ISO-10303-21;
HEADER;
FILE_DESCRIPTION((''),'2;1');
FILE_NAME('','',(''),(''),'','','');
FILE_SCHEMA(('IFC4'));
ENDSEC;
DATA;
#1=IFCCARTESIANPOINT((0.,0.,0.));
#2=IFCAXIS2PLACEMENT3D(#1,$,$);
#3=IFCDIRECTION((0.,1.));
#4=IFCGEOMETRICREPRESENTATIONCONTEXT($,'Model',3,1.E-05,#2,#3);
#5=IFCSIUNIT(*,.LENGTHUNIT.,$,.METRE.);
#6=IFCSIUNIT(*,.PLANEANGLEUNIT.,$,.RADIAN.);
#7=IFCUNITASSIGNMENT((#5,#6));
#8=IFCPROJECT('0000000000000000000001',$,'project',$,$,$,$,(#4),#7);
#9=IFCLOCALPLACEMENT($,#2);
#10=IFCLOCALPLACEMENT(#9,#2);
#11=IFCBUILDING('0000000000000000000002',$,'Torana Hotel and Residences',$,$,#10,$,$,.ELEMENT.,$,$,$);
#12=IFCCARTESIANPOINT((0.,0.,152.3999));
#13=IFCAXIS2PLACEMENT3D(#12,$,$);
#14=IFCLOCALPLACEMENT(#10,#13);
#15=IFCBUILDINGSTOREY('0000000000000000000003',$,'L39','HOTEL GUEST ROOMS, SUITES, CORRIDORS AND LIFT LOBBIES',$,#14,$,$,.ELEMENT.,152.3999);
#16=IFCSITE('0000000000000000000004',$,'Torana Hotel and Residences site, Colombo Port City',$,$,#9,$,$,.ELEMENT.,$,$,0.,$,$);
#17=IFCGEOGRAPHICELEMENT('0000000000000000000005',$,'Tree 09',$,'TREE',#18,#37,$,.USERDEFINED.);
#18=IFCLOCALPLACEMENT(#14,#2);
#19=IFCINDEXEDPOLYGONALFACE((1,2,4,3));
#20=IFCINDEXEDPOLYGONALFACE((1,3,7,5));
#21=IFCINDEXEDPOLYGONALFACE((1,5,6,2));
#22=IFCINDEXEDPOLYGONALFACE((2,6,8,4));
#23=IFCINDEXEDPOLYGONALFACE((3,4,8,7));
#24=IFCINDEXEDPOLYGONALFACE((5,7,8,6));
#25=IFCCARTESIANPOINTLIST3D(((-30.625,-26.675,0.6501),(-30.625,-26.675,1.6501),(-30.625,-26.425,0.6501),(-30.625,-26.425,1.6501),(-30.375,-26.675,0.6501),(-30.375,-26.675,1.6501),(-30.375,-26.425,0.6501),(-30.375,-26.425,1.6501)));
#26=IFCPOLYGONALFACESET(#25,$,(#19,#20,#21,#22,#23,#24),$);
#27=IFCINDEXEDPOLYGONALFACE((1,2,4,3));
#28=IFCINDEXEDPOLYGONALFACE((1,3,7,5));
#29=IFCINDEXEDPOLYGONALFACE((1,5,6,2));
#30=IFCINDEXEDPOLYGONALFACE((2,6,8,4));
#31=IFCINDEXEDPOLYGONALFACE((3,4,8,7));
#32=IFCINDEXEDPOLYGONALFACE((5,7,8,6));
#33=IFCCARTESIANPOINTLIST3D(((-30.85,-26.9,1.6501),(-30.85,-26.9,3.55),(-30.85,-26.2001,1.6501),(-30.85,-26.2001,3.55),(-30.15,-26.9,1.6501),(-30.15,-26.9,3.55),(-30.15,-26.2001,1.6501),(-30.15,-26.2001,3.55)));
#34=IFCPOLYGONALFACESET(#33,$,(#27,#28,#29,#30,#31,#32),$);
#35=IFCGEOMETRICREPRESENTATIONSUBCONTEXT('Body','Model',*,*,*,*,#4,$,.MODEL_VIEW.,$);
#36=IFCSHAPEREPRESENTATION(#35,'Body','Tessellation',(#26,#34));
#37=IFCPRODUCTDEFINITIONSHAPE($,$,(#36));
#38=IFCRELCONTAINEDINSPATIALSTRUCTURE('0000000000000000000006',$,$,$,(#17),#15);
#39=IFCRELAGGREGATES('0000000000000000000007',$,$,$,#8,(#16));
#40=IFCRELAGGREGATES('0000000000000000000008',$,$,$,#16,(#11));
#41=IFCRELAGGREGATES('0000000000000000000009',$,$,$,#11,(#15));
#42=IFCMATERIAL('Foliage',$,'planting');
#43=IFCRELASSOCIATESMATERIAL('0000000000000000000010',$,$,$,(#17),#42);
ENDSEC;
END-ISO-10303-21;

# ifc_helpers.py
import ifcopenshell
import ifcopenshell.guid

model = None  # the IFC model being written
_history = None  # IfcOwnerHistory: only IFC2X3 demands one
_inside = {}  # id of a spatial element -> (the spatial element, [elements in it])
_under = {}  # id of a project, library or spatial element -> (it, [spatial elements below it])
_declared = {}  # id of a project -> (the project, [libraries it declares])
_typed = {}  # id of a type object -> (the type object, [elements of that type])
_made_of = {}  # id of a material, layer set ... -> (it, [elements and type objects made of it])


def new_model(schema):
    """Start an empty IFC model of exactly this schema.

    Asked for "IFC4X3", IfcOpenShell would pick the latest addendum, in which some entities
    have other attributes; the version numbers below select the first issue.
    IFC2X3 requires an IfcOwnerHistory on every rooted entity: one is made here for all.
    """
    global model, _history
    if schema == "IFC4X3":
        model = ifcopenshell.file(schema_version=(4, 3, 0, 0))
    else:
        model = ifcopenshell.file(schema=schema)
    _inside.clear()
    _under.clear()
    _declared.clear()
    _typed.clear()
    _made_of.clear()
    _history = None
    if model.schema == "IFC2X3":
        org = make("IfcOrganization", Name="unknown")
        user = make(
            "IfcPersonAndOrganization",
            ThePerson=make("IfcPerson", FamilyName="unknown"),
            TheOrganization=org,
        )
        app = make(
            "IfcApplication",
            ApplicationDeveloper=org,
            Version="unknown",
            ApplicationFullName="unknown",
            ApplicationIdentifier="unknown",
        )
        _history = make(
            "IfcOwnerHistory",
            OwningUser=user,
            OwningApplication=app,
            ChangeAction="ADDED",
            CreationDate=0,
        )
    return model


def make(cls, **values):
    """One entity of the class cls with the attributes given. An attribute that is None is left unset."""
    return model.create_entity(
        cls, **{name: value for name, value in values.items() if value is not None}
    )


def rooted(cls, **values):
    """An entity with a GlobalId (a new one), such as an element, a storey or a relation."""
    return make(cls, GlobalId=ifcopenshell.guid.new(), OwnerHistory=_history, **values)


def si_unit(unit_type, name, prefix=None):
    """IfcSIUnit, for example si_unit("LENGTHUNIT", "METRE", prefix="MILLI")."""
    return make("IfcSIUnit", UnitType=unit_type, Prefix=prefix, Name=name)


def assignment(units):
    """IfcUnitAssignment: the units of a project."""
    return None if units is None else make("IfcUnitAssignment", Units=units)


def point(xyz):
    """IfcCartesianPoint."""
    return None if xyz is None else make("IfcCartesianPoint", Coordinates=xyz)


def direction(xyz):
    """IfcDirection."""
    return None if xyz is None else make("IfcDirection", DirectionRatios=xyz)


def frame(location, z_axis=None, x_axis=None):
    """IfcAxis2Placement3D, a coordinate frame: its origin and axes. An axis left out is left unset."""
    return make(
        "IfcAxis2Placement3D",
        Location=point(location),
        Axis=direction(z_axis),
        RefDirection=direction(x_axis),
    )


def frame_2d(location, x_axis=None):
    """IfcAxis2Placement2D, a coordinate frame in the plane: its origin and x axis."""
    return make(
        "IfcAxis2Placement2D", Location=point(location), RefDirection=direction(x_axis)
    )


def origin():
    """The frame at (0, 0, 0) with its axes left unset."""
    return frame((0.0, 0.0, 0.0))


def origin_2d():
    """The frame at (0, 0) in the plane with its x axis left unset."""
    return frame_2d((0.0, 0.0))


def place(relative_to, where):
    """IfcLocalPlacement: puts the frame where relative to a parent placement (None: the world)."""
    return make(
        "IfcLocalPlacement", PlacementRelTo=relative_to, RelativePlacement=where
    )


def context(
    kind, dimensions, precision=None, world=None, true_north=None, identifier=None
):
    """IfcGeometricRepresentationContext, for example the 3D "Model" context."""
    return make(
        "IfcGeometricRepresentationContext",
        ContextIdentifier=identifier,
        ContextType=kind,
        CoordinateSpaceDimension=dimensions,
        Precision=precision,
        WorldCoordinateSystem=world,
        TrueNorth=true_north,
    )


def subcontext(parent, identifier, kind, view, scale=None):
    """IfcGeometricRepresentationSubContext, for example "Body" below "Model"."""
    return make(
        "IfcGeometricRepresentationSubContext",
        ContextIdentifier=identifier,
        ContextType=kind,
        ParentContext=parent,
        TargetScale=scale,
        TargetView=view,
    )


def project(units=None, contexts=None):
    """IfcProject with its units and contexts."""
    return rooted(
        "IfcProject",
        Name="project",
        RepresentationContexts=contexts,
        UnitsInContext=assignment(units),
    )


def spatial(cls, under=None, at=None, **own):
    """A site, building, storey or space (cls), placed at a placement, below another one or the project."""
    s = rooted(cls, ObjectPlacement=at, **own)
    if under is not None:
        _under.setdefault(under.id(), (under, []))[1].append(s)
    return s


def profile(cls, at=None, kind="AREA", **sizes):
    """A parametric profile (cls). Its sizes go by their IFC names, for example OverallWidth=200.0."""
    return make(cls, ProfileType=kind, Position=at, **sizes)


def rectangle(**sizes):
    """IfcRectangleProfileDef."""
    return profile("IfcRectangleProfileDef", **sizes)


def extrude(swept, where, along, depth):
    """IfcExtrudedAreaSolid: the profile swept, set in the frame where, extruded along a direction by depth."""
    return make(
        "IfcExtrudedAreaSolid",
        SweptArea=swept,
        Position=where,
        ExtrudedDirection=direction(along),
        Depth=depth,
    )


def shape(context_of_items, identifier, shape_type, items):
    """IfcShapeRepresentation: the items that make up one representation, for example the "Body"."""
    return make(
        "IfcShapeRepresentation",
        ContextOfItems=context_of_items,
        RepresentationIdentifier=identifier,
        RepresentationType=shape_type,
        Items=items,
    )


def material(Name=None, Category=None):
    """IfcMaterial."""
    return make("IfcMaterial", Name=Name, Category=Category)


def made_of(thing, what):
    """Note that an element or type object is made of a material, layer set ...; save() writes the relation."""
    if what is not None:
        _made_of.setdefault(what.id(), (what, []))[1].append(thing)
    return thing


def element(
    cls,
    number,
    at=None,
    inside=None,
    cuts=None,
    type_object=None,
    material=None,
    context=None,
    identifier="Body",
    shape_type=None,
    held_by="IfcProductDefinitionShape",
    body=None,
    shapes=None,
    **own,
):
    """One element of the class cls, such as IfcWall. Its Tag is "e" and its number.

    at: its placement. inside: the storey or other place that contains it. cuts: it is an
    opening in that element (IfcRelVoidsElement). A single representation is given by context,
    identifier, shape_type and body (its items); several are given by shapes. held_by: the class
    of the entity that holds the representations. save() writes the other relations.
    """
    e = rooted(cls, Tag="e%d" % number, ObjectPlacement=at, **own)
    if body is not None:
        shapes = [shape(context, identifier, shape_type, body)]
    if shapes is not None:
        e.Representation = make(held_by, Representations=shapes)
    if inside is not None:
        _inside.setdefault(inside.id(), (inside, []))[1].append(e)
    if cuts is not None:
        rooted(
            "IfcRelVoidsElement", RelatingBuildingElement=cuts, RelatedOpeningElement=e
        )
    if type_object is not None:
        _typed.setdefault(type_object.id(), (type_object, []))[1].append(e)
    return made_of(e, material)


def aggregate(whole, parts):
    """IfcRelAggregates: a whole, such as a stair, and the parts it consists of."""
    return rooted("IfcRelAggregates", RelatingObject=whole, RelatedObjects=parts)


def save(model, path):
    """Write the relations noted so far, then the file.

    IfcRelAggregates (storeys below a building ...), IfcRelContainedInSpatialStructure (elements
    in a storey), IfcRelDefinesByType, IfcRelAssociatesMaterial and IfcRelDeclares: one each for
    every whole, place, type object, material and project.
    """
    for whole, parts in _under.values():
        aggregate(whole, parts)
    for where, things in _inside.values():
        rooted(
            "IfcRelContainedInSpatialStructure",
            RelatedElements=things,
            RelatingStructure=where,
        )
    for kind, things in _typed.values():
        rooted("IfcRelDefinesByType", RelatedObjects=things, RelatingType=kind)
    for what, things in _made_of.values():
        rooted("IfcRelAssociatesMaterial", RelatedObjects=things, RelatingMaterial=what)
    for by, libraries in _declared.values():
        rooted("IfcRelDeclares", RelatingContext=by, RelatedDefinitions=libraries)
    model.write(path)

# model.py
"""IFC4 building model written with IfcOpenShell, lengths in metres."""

from ifc_helpers import new_model, si_unit, direction, frame, origin, origin_2d, place, context, subcontext, project, spatial, rectangle, extrude, material, element, save


model = new_model("IFC4")

# Units and contexts
model_context = context("Model", 3, precision=1e-05, world=origin(), true_north=direction((0.0, 1.0)))
body_context = subcontext(model_context, "Body", "Model", "MODEL_VIEW")
ifc_project = project(units=[si_unit("LENGTHUNIT", "METRE"), si_unit("PLANEANGLEUNIT", "RADIAN")], contexts=[model_context])

# Site, building, storey
site_placement = place(None, origin())
site = spatial("IfcSite", under=ifc_project, at=site_placement, Name="Torana Hotel and Residences site, Colombo Port City", CompositionType="ELEMENT", RefElevation=0.0)
building_placement = place(site_placement, origin())
building = spatial("IfcBuilding", under=site, at=building_placement, Name="Torana Hotel and Residences", CompositionType="ELEMENT")
storey_placement = place(building_placement, frame((0.0, 0.0, 152.3999)))
storey = spatial("IfcBuildingStorey", under=building, at=storey_placement, Name="L39", Description="HOTEL GUEST ROOMS, SUITES, CORRIDORS AND LIFT LOBBIES", CompositionType="ELEMENT", Elevation=152.3999)

# Geographic element
ifc_material_1 = material(Name="Foliage", Category="planting")
geographic_element_placement = place(storey_placement, frame((-30.5, -26.55, 0.6501), z_axis=(0.0, 0.0, 1.0), x_axis=(1.0, 0.0, 0.0)))
element("IfcGeographicElement", 1, at=geographic_element_placement, inside=storey, material=ifc_material_1, Name="Tree 09", ObjectType="TREE", PredefinedType="USERDEFINED", context=body_context, shape_type="SweptSolid", body=[
    extrude(rectangle(XDim=0.25, YDim=0.25, at=origin_2d()), origin(), (0.0, 0.0, 1.0), 1.0),
    extrude(rectangle(XDim=0.7, YDim=0.7, at=origin_2d()), frame((0.0, 0.0, 1.0)), (0.0, 0.0, 1.0), 1.8999),
])

save(model, "model.ifc")
